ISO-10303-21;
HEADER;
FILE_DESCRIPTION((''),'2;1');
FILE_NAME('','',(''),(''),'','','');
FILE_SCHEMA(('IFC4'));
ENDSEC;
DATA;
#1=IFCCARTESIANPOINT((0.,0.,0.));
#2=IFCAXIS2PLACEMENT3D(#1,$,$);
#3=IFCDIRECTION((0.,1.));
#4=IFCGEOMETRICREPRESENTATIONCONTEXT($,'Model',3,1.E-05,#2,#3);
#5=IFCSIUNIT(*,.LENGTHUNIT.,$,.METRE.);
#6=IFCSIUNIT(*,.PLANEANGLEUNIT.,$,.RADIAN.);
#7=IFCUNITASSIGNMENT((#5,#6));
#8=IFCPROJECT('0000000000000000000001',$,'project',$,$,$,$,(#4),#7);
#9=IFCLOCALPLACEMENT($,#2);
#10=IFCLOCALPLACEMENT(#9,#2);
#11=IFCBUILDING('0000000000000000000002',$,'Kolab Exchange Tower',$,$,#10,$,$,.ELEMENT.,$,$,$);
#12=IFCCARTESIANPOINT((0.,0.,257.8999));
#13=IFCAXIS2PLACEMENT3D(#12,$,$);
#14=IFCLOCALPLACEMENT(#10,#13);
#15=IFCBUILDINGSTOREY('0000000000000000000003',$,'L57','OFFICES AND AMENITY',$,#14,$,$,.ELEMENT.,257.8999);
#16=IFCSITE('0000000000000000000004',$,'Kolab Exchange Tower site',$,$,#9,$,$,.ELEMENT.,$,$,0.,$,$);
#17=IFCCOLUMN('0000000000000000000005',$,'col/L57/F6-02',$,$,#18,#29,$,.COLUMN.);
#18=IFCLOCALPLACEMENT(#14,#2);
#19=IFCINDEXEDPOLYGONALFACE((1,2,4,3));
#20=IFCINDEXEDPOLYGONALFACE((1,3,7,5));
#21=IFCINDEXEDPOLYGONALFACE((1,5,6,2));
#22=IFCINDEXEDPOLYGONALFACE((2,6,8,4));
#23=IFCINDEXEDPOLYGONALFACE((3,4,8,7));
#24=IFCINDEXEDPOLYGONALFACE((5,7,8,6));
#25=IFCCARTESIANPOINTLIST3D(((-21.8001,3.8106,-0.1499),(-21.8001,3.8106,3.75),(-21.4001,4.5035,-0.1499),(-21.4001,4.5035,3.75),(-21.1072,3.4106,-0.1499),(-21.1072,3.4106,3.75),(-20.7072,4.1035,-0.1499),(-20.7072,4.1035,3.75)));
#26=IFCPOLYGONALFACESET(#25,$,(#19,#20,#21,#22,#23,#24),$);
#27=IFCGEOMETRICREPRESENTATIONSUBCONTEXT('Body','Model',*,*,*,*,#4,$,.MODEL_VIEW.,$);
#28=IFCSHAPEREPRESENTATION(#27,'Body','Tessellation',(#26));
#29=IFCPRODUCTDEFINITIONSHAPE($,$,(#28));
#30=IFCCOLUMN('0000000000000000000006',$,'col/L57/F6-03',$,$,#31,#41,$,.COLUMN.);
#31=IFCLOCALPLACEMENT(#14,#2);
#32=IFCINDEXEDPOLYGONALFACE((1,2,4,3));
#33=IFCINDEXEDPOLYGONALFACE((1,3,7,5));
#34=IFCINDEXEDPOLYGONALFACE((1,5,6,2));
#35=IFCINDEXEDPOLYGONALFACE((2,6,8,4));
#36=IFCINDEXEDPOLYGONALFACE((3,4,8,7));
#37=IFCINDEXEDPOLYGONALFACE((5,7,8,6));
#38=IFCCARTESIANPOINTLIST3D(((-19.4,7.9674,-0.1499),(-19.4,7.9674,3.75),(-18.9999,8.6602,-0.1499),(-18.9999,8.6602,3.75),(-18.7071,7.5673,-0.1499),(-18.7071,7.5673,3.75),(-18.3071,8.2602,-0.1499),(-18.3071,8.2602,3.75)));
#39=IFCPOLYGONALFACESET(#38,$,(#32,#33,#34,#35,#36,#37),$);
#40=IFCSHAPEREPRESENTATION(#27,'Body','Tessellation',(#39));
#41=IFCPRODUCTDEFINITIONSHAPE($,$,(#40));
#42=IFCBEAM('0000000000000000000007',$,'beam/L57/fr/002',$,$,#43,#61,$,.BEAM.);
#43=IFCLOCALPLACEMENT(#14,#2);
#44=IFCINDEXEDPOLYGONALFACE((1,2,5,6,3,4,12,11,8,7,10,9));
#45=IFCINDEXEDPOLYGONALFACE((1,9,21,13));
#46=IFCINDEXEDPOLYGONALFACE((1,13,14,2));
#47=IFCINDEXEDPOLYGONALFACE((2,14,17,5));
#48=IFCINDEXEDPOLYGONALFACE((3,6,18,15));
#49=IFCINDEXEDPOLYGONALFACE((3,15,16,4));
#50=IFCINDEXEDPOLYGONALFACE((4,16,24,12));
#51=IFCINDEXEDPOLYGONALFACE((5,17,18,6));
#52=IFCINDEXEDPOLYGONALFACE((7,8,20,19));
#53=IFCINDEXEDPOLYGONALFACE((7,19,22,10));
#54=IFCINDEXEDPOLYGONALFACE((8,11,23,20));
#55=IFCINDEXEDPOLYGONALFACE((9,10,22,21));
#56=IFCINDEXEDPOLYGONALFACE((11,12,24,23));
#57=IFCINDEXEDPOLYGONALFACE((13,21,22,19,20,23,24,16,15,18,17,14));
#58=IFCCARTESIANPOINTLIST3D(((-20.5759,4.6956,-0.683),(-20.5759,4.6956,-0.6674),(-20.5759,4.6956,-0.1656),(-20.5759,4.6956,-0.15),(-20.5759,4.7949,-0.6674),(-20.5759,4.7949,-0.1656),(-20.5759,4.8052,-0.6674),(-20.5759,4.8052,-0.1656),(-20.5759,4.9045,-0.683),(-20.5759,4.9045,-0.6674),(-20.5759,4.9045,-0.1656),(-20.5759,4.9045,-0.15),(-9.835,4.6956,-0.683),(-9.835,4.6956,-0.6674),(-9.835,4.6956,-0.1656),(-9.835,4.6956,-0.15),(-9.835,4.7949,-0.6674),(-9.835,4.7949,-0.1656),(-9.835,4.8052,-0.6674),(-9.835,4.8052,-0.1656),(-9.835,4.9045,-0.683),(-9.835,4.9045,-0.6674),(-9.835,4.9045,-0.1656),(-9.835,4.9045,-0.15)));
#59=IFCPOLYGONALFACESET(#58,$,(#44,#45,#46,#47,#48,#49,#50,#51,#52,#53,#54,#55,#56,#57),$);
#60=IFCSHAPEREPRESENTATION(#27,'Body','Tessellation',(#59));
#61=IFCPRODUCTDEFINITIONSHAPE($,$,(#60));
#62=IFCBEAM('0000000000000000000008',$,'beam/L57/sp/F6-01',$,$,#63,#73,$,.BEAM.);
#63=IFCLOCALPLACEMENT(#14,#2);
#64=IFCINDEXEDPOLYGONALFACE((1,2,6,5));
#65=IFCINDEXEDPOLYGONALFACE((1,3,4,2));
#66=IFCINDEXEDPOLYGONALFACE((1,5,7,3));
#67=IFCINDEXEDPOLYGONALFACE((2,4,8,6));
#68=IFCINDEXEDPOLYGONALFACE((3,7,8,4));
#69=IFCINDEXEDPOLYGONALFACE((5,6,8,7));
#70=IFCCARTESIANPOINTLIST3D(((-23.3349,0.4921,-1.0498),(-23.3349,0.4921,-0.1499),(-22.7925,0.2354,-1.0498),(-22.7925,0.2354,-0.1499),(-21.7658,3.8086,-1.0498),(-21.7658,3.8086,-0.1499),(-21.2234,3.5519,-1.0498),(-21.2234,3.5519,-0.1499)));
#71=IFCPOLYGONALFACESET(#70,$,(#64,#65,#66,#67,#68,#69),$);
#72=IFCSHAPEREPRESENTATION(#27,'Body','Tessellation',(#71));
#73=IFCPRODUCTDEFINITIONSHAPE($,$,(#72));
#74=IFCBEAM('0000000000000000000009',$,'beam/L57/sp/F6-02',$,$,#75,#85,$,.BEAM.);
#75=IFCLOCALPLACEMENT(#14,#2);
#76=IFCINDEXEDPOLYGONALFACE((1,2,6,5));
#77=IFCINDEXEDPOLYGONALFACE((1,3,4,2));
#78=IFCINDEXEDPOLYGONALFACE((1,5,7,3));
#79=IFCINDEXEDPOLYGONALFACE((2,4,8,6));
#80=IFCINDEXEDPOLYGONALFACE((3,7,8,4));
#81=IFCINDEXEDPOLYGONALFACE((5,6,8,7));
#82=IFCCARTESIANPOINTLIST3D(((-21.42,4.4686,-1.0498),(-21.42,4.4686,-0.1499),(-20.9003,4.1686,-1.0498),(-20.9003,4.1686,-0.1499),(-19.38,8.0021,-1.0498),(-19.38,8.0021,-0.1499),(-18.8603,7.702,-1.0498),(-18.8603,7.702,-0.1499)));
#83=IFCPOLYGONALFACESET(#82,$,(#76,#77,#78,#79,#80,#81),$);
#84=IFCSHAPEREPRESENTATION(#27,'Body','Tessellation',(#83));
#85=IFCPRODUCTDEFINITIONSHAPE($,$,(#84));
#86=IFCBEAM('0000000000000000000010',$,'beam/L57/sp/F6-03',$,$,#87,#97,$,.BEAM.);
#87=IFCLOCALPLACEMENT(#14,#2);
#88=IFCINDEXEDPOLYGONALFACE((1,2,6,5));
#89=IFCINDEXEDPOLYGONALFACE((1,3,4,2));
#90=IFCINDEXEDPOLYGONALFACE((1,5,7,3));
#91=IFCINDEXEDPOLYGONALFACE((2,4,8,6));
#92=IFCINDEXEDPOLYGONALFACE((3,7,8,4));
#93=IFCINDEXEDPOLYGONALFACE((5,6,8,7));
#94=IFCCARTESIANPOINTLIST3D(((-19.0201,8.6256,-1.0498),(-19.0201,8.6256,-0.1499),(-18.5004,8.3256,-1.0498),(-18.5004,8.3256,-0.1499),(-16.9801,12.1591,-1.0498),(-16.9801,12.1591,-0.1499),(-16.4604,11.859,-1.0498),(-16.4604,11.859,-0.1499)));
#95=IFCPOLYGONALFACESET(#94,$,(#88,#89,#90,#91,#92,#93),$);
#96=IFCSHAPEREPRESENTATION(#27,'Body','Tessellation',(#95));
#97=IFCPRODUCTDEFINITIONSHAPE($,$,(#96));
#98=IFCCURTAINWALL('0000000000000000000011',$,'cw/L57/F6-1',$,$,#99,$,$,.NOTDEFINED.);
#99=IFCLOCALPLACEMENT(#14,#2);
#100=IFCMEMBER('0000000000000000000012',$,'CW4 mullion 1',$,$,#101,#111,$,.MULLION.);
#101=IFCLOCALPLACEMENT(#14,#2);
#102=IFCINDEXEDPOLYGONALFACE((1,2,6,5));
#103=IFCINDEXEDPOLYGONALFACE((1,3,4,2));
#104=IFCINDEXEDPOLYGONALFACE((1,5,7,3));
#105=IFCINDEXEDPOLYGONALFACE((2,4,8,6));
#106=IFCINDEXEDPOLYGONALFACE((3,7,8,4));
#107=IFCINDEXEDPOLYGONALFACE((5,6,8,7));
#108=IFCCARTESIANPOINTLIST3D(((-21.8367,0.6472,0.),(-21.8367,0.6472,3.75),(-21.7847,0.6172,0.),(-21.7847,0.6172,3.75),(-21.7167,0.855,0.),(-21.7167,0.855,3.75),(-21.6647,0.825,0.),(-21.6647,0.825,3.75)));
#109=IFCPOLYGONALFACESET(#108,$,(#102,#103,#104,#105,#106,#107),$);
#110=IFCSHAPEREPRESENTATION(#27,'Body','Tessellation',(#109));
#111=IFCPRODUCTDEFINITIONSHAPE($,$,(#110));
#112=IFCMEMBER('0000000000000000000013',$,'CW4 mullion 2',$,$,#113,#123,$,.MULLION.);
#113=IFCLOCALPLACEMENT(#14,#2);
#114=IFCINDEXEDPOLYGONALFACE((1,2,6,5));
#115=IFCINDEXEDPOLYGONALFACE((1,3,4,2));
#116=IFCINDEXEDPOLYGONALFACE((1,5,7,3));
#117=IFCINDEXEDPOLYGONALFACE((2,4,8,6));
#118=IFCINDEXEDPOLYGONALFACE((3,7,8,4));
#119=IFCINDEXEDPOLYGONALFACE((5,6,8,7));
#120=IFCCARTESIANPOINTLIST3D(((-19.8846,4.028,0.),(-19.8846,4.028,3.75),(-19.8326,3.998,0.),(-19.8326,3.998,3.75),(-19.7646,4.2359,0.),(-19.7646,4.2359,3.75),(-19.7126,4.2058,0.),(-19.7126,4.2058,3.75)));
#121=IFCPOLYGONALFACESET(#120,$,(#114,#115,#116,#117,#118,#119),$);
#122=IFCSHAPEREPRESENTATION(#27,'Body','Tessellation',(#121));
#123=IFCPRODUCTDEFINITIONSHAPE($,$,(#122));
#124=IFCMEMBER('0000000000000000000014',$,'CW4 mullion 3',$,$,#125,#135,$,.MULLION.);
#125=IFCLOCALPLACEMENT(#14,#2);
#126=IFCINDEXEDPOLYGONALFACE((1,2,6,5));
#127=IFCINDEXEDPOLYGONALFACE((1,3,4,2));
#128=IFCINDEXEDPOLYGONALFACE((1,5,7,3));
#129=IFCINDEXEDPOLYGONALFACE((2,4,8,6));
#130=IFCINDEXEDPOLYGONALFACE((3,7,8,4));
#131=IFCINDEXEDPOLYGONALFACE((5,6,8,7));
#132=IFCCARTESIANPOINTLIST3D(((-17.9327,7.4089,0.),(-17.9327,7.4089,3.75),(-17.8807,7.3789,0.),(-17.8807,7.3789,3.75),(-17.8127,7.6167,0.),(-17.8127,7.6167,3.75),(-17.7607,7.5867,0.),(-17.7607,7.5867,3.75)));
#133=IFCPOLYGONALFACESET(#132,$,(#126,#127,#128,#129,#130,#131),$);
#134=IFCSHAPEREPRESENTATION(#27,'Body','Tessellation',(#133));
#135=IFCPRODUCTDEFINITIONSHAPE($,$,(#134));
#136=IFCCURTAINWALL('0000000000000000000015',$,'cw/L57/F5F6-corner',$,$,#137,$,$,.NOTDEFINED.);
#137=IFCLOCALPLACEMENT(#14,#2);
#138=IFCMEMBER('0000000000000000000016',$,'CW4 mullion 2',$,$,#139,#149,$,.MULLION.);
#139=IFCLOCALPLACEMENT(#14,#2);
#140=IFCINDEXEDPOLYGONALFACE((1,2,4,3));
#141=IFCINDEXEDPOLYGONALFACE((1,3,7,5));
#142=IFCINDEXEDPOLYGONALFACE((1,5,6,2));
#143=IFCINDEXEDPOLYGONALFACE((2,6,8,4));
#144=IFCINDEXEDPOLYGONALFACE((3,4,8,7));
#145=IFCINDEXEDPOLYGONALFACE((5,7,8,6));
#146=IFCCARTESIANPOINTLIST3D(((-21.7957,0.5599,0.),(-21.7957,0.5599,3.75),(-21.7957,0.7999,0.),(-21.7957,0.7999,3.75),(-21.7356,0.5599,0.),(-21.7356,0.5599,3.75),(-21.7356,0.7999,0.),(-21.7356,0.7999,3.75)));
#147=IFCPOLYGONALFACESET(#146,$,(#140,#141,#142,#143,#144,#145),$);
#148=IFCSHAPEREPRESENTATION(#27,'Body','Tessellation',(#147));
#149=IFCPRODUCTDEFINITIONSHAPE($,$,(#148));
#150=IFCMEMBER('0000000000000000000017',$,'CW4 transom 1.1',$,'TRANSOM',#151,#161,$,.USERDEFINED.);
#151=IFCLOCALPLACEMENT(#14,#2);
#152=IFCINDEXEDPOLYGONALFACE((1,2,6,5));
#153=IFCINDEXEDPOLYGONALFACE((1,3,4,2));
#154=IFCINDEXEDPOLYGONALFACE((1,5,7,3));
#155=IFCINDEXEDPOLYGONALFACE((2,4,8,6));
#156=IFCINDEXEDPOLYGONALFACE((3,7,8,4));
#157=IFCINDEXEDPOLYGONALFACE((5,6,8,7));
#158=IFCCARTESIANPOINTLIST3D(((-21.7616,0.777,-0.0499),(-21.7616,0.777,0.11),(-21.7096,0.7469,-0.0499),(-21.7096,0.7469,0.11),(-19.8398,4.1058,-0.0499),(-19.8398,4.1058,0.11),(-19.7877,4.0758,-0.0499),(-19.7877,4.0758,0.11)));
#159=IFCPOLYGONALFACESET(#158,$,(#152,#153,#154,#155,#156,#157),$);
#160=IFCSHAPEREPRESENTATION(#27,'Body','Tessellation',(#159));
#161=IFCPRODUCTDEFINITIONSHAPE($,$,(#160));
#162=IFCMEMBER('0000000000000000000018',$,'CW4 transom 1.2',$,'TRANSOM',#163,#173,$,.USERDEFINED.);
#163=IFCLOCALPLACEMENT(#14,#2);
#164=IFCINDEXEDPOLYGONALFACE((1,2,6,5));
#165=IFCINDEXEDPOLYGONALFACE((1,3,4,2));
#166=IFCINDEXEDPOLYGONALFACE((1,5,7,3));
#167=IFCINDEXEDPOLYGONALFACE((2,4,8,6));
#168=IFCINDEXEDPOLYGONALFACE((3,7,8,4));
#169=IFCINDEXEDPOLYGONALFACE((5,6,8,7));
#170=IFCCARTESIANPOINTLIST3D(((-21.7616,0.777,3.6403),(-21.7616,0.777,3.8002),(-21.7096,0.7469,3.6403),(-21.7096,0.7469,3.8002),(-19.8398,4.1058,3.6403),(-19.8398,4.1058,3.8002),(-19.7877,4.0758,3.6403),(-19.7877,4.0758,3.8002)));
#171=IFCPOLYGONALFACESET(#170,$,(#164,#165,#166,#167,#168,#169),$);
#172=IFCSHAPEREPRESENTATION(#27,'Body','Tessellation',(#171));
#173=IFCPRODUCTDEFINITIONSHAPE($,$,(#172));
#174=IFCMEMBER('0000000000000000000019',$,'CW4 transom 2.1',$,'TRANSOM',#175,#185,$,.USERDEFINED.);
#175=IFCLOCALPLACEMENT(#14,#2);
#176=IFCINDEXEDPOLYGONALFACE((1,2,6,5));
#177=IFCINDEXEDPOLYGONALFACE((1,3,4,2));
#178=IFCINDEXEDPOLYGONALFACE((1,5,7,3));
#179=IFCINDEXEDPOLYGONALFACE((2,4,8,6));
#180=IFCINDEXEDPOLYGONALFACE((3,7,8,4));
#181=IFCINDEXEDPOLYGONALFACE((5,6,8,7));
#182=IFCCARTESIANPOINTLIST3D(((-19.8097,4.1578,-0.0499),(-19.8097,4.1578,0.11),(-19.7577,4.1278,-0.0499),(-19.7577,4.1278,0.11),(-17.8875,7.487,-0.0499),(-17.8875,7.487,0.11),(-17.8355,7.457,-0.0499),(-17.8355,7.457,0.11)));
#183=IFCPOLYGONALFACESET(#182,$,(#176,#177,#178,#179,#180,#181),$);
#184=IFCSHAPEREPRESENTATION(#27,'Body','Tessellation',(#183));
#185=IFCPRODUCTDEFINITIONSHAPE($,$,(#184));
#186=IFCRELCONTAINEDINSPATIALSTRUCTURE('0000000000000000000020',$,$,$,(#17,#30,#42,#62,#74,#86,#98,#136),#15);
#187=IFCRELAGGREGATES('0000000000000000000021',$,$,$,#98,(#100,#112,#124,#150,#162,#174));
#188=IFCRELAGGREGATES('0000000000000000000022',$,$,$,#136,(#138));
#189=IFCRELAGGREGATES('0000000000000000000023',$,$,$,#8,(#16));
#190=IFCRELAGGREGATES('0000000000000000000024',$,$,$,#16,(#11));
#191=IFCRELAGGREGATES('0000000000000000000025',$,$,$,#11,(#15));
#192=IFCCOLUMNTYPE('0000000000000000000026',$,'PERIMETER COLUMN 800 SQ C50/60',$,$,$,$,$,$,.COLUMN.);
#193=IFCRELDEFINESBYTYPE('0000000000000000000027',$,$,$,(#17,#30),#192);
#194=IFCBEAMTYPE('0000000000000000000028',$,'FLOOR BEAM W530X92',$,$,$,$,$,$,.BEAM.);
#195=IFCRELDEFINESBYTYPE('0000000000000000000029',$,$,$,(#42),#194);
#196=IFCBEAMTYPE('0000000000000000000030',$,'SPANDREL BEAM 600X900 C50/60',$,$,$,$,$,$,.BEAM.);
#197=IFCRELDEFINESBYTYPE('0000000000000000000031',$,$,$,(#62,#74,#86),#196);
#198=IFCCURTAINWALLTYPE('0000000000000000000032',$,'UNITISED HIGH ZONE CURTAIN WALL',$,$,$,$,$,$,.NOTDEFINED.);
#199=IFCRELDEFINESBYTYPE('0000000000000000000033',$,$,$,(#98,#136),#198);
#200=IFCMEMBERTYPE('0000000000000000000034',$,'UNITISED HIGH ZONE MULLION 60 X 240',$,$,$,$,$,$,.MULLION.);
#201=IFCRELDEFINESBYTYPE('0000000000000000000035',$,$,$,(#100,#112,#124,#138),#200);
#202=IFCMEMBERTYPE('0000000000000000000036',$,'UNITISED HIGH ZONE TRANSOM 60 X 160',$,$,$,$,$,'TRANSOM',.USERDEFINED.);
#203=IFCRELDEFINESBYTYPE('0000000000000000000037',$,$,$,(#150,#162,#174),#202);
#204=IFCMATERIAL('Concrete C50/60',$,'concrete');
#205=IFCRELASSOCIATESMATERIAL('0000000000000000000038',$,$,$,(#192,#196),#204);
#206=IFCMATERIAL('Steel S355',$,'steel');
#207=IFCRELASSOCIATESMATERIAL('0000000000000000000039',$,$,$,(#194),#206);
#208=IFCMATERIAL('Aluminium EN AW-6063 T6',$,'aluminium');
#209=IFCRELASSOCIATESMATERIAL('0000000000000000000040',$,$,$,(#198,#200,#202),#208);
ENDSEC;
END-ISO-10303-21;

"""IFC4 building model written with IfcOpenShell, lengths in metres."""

from ifc_helpers import new_model, si_unit, direction, frame, origin, origin_2d, place, context, subcontext, project, spatial, rectangle, i_section, extrude, material, material_profile, profile_set, type_object, element, aggregate, save


model = new_model("IFC4")

# Units and contexts
model_context = context("Model", 3, precision=1e-05, world=origin(), true_north=direction((0.0, 1.0)))
body_context = subcontext(model_context, "Body", "Model", "MODEL_VIEW")
ifc_project = project(units=[si_unit("LENGTHUNIT", "METRE"), si_unit("PLANEANGLEUNIT", "RADIAN")], contexts=[model_context])

# Site, building, storey
site_placement = place(None, origin())
site = spatial("IfcSite", under=ifc_project, at=site_placement, Name="Kolab Exchange Tower site", CompositionType="ELEMENT", RefElevation=0.0)
building_placement = place(site_placement, origin())
building = spatial("IfcBuilding", under=site, at=building_placement, Name="Kolab Exchange Tower", CompositionType="ELEMENT")
storey_placement = place(building_placement, frame((0.0, 0.0, 257.8999)))
storey = spatial("IfcBuildingStorey", under=building, at=storey_placement, Name="L57", Description="OFFICES AND AMENITY", CompositionType="ELEMENT", Elevation=257.8999)

# Columns
ifc_material_1 = material(Name="Concrete C50/60", Category="concrete")
ifc_material_profile_1 = material_profile(ifc_material_1, rectangle(XDim=0.8, YDim=0.8, at=origin_2d()), Name="RC800")
ifc_profile_set_1 = profile_set([ifc_material_profile_1], Name="Concrete C50/60")
column_type = type_object("IfcColumnType", Name="PERIMETER COLUMN 800 SQ C50/60", PredefinedType="COLUMN", material=ifc_profile_set_1)
for number, where, z_axis, x_axis, name in (
    (1, (-21.2537, 3.957, -0.1499), (0.0, 0.0, 1.0), (0.5, 0.866025, 0.0), "col/L57/F6-02"),
    (2, (-18.8535, 8.1138, -0.1499), (0.0, 0.0, 1.0), (0.5, 0.866025, 0.0), "col/L57/F6-03"),
):
    element("IfcColumn", number, at=place(storey_placement, frame(where, z_axis=z_axis, x_axis=x_axis)), inside=storey, type_object=column_type, Name=name, PredefinedType="COLUMN", context=body_context, shape_type="SweptSolid", body=[
        extrude(rectangle(XDim=0.8, YDim=0.8, at=origin_2d()), origin(), (0.0, 0.0, 1.0), 3.8999),
    ])

# Beams
ifc_material_2 = material(Name="Steel S355", Category="steel")
ifc_material_profile_2 = material_profile(ifc_material_2, i_section(OverallWidth=0.209, OverallDepth=0.533, WebThickness=0.0103, FlangeThickness=0.0156, at=origin_2d()), Name="W530X92")
ifc_profile_set_2 = profile_set([ifc_material_profile_2], Name="Steel S355")
beam_type_1 = type_object("IfcBeamType", Name="FLOOR BEAM W530X92", PredefinedType="BEAM", material=ifc_profile_set_2)
beam_1_placement = place(storey_placement, frame((-20.5759, 4.8, -0.4165), z_axis=(1.0, 0.0, 0.0), x_axis=(0.0, 1.0, 0.0)))
element("IfcBeam", 3, at=beam_1_placement, inside=storey, type_object=beam_type_1, Name="beam/L57/fr/002", PredefinedType="BEAM", context=body_context, shape_type="SweptSolid", body=[
    extrude(i_section(OverallWidth=0.209, OverallDepth=0.533, WebThickness=0.0103, FlangeThickness=0.0156, at=origin_2d()), origin(), (0.0, 0.0, 1.0), 10.741),
])
ifc_material_profile_3 = material_profile(ifc_material_1, rectangle(XDim=0.6001, YDim=0.8999, at=origin_2d()), Name="RC600X900")
ifc_profile_set_3 = profile_set([ifc_material_profile_3], Name="Concrete C50/60")
beam_type_2 = type_object("IfcBeamType", Name="SPANDREL BEAM 600X900 C50/60", PredefinedType="BEAM", material=ifc_profile_set_3)
beam_2_placement = place(storey_placement, frame((-23.0637, 0.3638, -0.5999), z_axis=(0.427677, 0.903932, 0.0), x_axis=(-0.903932, 0.427677, 0.0)))
element("IfcBeam", 4, at=beam_2_placement, inside=storey, type_object=beam_type_2, Name="beam/L57/sp/F6-01", PredefinedType="BEAM", context=body_context, shape_type="SweptSolid", body=[
    extrude(rectangle(XDim=0.6001, YDim=0.8999, at=origin_2d()), origin(), (0.0, 0.0, 1.0), 3.6689),
])
for number, where, z_axis, x_axis, name in (
    (5, (-21.1602, 4.3186, -0.5999), (0.5, 0.866025, 0.0), (-0.866025, 0.5, 0.0), "beam/L57/sp/F6-02"),
    (6, (-18.7603, 8.4756, -0.5999), (0.5, 0.866025, 0.0), (-0.866025, 0.5, 0.0), "beam/L57/sp/F6-03"),
):
    element("IfcBeam", number, at=place(storey_placement, frame(where, z_axis=z_axis, x_axis=x_axis)), inside=storey, type_object=beam_type_2, Name=name, PredefinedType="BEAM", context=body_context, shape_type="SweptSolid", body=[
        extrude(rectangle(XDim=0.6001, YDim=0.8999, at=origin_2d()), origin(), (0.0, 0.0, 1.0), 4.0801),
    ])

# Curtain wall, members
ifc_material_3 = material(Name="Aluminium EN AW-6063 T6", Category="aluminium")
curtain_wall_type = type_object("IfcCurtainWallType", Name="UNITISED HIGH ZONE CURTAIN WALL", PredefinedType="NOTDEFINED", material=ifc_material_3)
curtain_wall_1_placement = place(storey_placement, origin())
curtain_wall_1 = element("IfcCurtainWall", 7, at=curtain_wall_1_placement, inside=storey, type_object=curtain_wall_type, Name="cw/L57/F6-1", PredefinedType="NOTDEFINED")
ifc_material_profile_4 = material_profile(ifc_material_3, rectangle(XDim=0.0601, YDim=0.24, at=origin_2d()), Name="RECT 60X240")
ifc_profile_set_4 = profile_set([ifc_material_profile_4], Name="Aluminium EN AW-6063 T6")
member_type_1 = type_object("IfcMemberType", Name="UNITISED HIGH ZONE MULLION 60 X 240", PredefinedType="MULLION", material=ifc_profile_set_4)
member_1_placement = place(storey_placement, frame((-21.7507, 0.7361, 0.0), z_axis=(0.0, 0.0, 1.0), x_axis=(-0.866025, 0.5, 0.0)))
member_1 = element("IfcMember", 8, at=member_1_placement, type_object=member_type_1, Name="CW4 mullion 1", PredefinedType="MULLION", context=body_context, shape_type="SweptSolid", body=[
    extrude(rectangle(XDim=0.0601, YDim=0.24, at=origin_2d()), origin(), (0.0, 0.0, 1.0), 3.75),
])
member_2_placement = place(storey_placement, frame((-19.7986, 4.1169, 0.0), z_axis=(0.0, 0.0, 1.0), x_axis=(-0.866025, 0.5, 0.0)))
member_2 = element("IfcMember", 9, at=member_2_placement, type_object=member_type_1, Name="CW4 mullion 2", PredefinedType="MULLION", context=body_context, shape_type="SweptSolid", body=[
    extrude(rectangle(XDim=0.0601, YDim=0.24, at=origin_2d()), origin(), (0.0, 0.0, 1.0), 3.75),
])
member_3_placement = place(storey_placement, frame((-17.8467, 7.4978, 0.0), z_axis=(0.0, 0.0, 1.0), x_axis=(-0.866025, 0.5, 0.0)))
member_3 = element("IfcMember", 10, at=member_3_placement, type_object=member_type_1, Name="CW4 mullion 3", PredefinedType="MULLION", context=body_context, shape_type="SweptSolid", body=[
    extrude(rectangle(XDim=0.0601, YDim=0.24, at=origin_2d()), origin(), (0.0, 0.0, 1.0), 3.75),
])

# Curtain wall, member
curtain_wall_2_placement = place(storey_placement, origin())
curtain_wall_2 = element("IfcCurtainWall", 11, at=curtain_wall_2_placement, inside=storey, type_object=curtain_wall_type, Name="cw/L57/F5F6-corner", PredefinedType="NOTDEFINED")
member_4_placement = place(storey_placement, frame((-21.7656, 0.6799, 0.0), z_axis=(0.0, 0.0, 1.0), x_axis=(-1.0, 0.0, 0.0)))
member_4 = element("IfcMember", 12, at=member_4_placement, type_object=member_type_1, Name="CW4 mullion 2", PredefinedType="MULLION", context=body_context, shape_type="SweptSolid", body=[
    extrude(rectangle(XDim=0.0601, YDim=0.24, at=origin_2d()), origin(), (0.0, 0.0, 1.0), 3.75),
])

# Members
ifc_material_profile_5 = material_profile(ifc_material_3, rectangle(XDim=0.0601, YDim=0.1599, at=origin_2d()), Name="RECT 60X160")
ifc_profile_set_5 = profile_set([ifc_material_profile_5], Name="Aluminium EN AW-6063 T6")
member_type_2 = type_object("IfcMemberType", Name="UNITISED HIGH ZONE TRANSOM 60 X 160", ElementType="TRANSOM", PredefinedType="USERDEFINED", material=ifc_profile_set_5)
member_5_placement = place(storey_placement, frame((-21.7356, 0.762, 0.03), z_axis=(0.499992, 0.86603, 0.0), x_axis=(-0.86603, 0.499992, 0.0)))
member_5 = element("IfcMember", 13, at=member_5_placement, type_object=member_type_2, Name="CW4 transom 1.1", ObjectType="TRANSOM", PredefinedType="USERDEFINED", context=body_context, shape_type="SweptSolid", body=[
    extrude(rectangle(XDim=0.0601, YDim=0.1599, at=origin_2d()), origin(), (0.0, 0.0, 1.0), 3.8438),
])
member_6_placement = place(storey_placement, frame((-21.7356, 0.762, 3.7202), z_axis=(0.499992, 0.86603, 0.0), x_axis=(-0.86603, 0.499992, 0.0)))
member_6 = element("IfcMember", 14, at=member_6_placement, type_object=member_type_2, Name="CW4 transom 1.2", ObjectType="TRANSOM", PredefinedType="USERDEFINED", context=body_context, shape_type="SweptSolid", body=[
    extrude(rectangle(XDim=0.0601, YDim=0.1599, at=origin_2d()), origin(), (0.0, 0.0, 1.0), 3.8438),
])
member_7_placement = place(storey_placement, frame((-19.7837, 4.1428, 0.03), z_axis=(0.500012, 0.866018, 0.0), x_axis=(-0.866018, 0.500012, 0.0)))
member_7 = element("IfcMember", 15, at=member_7_placement, type_object=member_type_2, Name="CW4 transom 2.1", ObjectType="TRANSOM", PredefinedType="USERDEFINED", context=body_context, shape_type="SweptSolid", body=[
    extrude(rectangle(XDim=0.0601, YDim=0.1599, at=origin_2d()), origin(), (0.0, 0.0, 1.0), 3.8442),
])

aggregate(curtain_wall_1, [member_1, member_2, member_3, member_5, member_6, member_7])
aggregate(curtain_wall_2, [member_4])

save(model, "model.ifc")
